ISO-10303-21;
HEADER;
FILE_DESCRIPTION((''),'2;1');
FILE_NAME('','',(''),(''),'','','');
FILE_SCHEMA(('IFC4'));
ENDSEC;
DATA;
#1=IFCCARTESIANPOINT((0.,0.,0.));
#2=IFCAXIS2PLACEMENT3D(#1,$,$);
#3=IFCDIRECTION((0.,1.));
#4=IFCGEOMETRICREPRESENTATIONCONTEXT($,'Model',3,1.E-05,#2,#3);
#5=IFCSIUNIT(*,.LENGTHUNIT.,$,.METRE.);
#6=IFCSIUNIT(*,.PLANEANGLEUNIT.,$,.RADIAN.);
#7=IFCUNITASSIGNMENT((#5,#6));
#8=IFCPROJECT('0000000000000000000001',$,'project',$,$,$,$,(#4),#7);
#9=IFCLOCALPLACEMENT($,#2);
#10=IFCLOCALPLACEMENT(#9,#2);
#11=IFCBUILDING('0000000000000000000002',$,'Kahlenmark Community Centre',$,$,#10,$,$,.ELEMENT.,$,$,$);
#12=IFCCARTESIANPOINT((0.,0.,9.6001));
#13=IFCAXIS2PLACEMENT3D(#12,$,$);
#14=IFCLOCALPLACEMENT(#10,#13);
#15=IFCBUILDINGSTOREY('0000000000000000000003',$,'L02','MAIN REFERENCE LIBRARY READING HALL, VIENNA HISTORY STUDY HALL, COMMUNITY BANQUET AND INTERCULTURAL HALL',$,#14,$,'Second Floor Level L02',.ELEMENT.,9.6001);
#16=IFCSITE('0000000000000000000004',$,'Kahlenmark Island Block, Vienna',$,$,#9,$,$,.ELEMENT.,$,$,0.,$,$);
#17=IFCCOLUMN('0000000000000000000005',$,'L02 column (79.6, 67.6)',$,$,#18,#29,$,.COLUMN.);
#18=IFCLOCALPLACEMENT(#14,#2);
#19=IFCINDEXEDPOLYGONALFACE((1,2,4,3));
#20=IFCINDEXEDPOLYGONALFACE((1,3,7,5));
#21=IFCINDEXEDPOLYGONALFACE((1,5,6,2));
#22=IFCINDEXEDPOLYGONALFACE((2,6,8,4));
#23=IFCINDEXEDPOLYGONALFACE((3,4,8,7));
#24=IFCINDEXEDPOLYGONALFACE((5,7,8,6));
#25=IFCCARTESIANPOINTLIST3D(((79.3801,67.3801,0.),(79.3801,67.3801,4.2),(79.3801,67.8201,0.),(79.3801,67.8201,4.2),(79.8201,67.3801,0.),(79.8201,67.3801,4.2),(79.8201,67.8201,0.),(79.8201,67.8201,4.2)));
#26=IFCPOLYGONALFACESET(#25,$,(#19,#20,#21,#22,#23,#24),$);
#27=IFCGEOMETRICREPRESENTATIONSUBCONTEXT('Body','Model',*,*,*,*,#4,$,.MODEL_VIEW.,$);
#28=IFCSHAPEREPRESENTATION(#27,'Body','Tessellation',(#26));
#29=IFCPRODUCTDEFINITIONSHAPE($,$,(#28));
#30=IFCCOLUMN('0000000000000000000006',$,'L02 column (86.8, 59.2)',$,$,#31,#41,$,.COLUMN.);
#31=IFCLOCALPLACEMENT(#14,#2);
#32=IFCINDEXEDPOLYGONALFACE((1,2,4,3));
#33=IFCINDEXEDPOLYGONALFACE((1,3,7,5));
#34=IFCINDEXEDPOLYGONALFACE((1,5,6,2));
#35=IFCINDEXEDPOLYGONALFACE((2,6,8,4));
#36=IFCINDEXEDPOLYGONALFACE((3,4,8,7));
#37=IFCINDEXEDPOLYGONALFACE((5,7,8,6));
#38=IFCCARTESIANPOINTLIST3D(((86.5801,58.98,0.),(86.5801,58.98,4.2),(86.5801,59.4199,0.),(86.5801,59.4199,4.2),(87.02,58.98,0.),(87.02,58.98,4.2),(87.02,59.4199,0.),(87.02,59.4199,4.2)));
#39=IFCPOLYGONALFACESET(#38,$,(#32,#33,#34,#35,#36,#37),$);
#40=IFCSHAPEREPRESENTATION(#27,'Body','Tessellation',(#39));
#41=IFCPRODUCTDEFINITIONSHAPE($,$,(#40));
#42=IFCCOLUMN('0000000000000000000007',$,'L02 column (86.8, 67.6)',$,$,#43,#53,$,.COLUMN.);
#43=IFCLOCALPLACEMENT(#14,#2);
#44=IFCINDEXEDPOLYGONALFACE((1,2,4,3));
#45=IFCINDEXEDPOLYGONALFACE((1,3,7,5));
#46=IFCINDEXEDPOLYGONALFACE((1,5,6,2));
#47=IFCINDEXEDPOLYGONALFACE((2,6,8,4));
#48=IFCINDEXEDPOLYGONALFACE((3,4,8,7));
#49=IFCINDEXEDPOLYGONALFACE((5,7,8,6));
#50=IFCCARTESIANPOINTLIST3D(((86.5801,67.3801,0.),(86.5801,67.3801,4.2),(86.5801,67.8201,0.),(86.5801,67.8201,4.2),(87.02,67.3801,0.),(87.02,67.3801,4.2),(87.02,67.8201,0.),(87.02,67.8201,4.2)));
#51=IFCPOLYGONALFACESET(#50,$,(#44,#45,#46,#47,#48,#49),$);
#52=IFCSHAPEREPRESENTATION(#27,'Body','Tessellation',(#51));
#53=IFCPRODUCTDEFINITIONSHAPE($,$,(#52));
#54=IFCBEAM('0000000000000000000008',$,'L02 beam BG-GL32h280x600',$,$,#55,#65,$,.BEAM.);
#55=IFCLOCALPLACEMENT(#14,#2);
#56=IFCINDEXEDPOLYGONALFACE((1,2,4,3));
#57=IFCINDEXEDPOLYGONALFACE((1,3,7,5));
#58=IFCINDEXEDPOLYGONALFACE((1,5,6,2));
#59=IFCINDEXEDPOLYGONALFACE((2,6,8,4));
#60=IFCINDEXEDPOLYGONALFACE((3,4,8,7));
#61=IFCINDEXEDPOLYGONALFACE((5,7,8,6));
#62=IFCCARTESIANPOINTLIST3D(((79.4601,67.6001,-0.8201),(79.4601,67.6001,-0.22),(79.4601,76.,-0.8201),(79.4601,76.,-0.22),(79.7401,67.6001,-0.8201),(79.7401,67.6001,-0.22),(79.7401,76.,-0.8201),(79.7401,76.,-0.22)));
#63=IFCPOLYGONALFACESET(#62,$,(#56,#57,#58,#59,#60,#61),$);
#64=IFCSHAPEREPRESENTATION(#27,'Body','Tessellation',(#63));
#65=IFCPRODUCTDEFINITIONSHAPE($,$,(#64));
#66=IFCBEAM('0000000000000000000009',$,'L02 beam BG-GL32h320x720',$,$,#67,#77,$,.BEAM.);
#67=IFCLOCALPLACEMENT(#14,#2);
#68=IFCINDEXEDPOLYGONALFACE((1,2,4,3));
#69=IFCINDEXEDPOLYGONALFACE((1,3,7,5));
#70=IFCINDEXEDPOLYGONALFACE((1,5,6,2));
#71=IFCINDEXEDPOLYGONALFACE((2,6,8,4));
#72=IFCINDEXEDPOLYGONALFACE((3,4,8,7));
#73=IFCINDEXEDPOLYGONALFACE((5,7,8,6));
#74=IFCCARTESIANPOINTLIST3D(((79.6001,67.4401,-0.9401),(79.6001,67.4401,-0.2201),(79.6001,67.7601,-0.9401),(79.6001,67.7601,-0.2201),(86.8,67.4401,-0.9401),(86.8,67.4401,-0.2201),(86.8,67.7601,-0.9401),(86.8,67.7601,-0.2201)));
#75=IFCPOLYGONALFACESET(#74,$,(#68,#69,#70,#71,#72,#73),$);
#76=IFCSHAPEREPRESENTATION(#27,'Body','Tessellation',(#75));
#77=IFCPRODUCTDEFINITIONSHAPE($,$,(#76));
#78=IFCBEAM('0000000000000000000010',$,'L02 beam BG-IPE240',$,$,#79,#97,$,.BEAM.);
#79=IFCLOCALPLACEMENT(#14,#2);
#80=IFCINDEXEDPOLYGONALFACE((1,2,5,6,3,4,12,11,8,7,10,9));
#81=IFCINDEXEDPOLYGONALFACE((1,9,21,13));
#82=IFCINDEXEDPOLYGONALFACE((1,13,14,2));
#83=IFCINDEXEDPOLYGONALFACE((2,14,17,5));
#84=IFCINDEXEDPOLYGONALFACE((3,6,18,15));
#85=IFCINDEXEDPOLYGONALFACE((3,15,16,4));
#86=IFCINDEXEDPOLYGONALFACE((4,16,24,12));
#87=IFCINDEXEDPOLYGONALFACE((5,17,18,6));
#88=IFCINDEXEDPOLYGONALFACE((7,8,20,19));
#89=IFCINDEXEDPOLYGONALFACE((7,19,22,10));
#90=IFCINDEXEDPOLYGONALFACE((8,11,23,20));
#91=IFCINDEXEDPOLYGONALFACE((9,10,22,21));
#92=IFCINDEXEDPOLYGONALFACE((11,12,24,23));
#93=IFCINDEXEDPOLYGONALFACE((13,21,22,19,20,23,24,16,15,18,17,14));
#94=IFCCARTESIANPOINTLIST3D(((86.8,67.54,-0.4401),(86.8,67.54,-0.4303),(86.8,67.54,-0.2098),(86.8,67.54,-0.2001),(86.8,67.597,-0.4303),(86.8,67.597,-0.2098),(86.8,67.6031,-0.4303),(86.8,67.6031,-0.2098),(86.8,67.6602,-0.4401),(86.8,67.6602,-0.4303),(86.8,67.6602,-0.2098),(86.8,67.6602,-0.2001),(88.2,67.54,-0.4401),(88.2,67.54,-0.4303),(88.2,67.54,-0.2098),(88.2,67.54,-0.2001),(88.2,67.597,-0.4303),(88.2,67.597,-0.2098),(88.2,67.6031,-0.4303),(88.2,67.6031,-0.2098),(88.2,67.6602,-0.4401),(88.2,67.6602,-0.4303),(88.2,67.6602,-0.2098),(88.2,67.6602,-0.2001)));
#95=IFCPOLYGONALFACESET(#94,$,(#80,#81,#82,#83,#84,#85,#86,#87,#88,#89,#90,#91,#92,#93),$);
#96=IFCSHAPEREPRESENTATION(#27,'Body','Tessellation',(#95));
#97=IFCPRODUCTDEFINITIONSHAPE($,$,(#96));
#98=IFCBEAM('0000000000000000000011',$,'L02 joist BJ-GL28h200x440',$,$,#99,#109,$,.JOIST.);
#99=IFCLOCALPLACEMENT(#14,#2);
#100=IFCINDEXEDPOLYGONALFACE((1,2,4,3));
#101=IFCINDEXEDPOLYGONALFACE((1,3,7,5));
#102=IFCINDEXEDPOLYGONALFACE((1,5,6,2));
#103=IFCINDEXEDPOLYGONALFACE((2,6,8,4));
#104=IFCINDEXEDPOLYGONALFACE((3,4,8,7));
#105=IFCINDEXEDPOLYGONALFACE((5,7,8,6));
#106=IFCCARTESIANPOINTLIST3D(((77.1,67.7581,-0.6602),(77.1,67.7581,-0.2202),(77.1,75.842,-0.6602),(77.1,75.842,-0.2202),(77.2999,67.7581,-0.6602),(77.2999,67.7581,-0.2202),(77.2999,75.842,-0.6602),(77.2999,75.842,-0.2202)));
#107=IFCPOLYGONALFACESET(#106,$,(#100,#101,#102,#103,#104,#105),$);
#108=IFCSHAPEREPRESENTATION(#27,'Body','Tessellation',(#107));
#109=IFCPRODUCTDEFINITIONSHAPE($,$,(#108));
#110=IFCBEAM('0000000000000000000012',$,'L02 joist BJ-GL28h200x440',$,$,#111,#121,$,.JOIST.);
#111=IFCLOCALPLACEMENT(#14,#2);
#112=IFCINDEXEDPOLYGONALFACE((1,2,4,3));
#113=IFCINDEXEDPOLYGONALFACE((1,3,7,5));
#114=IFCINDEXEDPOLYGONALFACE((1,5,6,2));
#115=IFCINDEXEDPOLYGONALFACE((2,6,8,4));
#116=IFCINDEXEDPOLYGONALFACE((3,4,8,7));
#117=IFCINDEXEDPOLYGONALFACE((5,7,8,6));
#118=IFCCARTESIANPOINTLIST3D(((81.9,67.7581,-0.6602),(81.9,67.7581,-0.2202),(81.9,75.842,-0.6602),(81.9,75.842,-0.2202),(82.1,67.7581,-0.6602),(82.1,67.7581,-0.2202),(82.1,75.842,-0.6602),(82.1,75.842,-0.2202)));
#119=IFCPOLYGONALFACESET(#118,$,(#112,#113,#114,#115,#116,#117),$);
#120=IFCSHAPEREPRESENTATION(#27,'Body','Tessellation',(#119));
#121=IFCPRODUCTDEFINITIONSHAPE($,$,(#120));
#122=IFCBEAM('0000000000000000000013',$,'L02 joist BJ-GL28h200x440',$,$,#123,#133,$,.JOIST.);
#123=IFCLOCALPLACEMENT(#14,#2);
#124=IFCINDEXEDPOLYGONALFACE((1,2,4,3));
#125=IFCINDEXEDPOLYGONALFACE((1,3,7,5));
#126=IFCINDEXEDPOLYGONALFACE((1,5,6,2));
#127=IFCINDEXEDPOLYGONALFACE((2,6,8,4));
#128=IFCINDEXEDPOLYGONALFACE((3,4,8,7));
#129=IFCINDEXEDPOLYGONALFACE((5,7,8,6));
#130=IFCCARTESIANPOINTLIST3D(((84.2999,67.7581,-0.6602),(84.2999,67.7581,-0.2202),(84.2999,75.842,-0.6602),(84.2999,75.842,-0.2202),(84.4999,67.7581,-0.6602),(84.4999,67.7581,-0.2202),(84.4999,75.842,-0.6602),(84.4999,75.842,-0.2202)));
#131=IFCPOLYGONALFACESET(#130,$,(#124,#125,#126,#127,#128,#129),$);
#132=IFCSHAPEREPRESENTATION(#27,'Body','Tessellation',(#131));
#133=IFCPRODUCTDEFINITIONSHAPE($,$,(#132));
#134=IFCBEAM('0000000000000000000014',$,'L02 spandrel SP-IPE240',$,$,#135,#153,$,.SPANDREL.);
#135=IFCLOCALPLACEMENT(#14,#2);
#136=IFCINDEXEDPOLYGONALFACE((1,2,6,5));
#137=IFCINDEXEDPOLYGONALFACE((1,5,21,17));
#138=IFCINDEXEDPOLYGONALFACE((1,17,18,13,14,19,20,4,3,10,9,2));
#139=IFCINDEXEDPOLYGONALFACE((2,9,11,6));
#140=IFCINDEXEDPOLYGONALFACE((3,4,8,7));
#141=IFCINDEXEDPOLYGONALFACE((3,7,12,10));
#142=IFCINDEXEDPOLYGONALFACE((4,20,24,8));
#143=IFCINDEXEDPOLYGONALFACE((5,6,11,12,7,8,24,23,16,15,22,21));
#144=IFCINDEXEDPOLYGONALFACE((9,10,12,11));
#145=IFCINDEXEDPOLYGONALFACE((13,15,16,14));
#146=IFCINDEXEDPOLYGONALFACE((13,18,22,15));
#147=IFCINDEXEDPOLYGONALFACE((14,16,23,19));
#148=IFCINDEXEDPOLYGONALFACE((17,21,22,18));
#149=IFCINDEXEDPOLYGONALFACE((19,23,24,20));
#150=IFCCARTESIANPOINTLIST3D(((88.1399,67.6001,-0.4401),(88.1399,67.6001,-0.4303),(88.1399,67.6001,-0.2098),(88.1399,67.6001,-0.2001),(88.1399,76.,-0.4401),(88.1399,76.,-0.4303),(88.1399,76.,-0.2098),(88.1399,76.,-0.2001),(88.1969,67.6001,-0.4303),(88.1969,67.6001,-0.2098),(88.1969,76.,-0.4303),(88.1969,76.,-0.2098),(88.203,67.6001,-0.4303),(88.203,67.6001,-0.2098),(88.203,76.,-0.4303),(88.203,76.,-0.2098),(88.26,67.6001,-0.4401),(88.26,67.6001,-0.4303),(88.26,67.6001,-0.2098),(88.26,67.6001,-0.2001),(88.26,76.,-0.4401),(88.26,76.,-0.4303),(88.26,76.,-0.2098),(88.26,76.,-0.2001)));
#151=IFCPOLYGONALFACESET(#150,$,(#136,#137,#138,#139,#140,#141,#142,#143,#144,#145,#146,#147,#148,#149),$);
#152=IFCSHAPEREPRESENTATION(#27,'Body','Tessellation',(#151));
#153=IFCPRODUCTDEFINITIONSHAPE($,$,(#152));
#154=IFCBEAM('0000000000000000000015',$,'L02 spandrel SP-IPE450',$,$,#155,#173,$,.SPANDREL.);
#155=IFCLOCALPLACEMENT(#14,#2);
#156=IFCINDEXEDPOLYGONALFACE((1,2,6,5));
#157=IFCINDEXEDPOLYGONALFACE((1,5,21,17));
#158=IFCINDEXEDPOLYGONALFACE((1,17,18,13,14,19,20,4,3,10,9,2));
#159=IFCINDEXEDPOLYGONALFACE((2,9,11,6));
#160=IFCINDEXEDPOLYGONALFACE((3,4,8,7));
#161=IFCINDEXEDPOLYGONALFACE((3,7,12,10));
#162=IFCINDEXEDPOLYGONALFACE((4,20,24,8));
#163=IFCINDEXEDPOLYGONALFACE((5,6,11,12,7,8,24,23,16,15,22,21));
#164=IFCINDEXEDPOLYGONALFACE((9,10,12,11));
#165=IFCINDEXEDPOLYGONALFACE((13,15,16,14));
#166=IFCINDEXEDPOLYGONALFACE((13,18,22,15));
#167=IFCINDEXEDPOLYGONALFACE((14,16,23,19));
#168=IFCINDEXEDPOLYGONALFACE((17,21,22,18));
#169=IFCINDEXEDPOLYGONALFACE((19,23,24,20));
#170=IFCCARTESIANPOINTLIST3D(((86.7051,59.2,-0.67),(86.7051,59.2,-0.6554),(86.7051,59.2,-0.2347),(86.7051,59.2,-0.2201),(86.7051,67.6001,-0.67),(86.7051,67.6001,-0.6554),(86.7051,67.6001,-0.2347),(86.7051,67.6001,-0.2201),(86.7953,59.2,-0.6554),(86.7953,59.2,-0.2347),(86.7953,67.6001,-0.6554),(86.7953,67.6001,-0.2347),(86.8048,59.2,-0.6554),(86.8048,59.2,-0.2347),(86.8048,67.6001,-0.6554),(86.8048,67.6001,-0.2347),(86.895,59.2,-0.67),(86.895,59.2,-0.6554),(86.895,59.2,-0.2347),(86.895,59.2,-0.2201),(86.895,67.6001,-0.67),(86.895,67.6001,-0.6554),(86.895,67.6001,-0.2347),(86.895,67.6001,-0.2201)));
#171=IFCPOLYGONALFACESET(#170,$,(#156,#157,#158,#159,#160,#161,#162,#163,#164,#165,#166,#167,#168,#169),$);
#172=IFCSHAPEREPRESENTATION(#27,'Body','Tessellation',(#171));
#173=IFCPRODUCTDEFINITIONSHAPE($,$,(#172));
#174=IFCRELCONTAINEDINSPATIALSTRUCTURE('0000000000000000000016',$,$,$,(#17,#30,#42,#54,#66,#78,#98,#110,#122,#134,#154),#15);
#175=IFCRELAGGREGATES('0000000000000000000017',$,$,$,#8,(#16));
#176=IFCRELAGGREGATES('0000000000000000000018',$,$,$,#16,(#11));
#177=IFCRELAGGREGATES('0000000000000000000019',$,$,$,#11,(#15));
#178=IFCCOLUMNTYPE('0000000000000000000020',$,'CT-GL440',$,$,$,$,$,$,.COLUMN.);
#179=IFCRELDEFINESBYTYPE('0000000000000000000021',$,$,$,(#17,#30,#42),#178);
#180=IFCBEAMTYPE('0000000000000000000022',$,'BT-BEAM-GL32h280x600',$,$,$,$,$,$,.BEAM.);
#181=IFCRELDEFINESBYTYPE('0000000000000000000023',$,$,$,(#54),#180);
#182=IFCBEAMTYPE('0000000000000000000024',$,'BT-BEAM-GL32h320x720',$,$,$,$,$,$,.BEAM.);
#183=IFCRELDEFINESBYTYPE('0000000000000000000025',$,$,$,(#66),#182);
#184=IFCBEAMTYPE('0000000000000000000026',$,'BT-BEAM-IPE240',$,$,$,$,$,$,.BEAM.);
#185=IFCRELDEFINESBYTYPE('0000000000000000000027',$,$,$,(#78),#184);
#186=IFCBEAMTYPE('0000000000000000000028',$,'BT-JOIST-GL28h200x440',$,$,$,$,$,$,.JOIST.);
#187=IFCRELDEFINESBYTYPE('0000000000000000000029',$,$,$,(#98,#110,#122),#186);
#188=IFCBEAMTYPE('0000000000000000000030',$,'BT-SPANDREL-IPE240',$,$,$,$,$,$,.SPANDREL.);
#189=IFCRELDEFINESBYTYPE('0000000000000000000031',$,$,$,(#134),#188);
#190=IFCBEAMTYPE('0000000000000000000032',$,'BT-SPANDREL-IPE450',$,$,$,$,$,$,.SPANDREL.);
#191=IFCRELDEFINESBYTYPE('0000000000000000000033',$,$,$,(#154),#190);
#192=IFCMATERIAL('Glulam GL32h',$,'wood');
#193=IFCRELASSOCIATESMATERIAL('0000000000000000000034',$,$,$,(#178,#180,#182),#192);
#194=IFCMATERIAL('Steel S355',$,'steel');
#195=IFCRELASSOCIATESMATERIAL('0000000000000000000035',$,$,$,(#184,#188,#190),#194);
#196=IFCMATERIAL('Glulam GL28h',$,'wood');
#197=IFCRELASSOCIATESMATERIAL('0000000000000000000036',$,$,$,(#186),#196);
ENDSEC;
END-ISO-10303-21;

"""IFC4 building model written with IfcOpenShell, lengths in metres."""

from ifc_helpers import new_model, si_unit, direction, frame, origin, origin_2d, place, context, subcontext, project, spatial, rectangle, i_section, extrude, material, material_profile, profile_set, type_object, element, save


model = new_model("IFC4")

# Units and contexts
model_context = context("Model", 3, precision=1e-05, world=origin(), true_north=direction((0.0, 1.0)))
body_context = subcontext(model_context, "Body", "Model", "MODEL_VIEW")
ifc_project = project(units=[si_unit("LENGTHUNIT", "METRE"), si_unit("PLANEANGLEUNIT", "RADIAN")], contexts=[model_context])

# Site, building, storey
site_placement = place(None, origin())
site = spatial("IfcSite", under=ifc_project, at=site_placement, Name="Kahlenmark Island Block, Vienna", CompositionType="ELEMENT", RefElevation=0.0)
building_placement = place(site_placement, origin())
building = spatial("IfcBuilding", under=site, at=building_placement, Name="Kahlenmark Community Centre", CompositionType="ELEMENT")
storey_placement = place(building_placement, frame((0.0, 0.0, 9.6001)))
storey = spatial("IfcBuildingStorey", under=building, at=storey_placement, Name="L02", Description="MAIN REFERENCE LIBRARY READING HALL, VIENNA HISTORY STUDY HALL, COMMUNITY BANQUET AND INTERCULTURAL HALL", LongName="Second Floor Level L02", CompositionType="ELEMENT", Elevation=9.6001)

# Columns
ifc_material_1 = material(Name="Glulam GL32h", Category="wood")
ifc_material_profile_1 = material_profile(ifc_material_1, rectangle(XDim=0.4399, YDim=0.4399, at=origin_2d()), Name="GL32h 440x440")
ifc_profile_set_1 = profile_set([ifc_material_profile_1], Name="Glulam GL32h")
column_type = type_object("IfcColumnType", Name="CT-GL440", PredefinedType="COLUMN", material=ifc_profile_set_1)
for number, where, z_axis, x_axis, name in (
    (1, (79.6001, 67.6001, 0.0), (0.0, 0.0, 1.0), (1.0, 0.0, 0.0), "L02 column (79.6, 67.6)"),
    (2, (86.8, 59.2, 0.0), (0.0, 0.0, 1.0), (1.0, 0.0, 0.0), "L02 column (86.8, 59.2)"),
    (3, (86.8, 67.6001, 0.0), (0.0, 0.0, 1.0), (1.0, 0.0, 0.0), "L02 column (86.8, 67.6)"),
):
    element("IfcColumn", number, at=place(storey_placement, frame(where, z_axis=z_axis, x_axis=x_axis)), inside=storey, type_object=column_type, Name=name, PredefinedType="COLUMN", context=body_context, shape_type="SweptSolid", body=[
        extrude(rectangle(XDim=0.4399, YDim=0.4399, at=origin_2d()), origin(), (0.0, 0.0, 1.0), 4.2),
    ])

# Beams
ifc_material_profile_2 = material_profile(ifc_material_1, rectangle(XDim=0.28, YDim=0.6001, at=origin_2d()), Name="GL32h 280x600")
ifc_profile_set_2 = profile_set([ifc_material_profile_2], Name="Glulam GL32h")
beam_type_1 = type_object("IfcBeamType", Name="BT-BEAM-GL32h280x600", PredefinedType="BEAM", material=ifc_profile_set_2)
beam_1_placement = place(storey_placement, frame((79.6001, 67.6001, -0.52), z_axis=(0.0, 1.0, 0.0), x_axis=(-1.0, 0.0, 0.0)))
element("IfcBeam", 4, at=beam_1_placement, inside=storey, type_object=beam_type_1, Name="L02 beam BG-GL32h280x600", PredefinedType="BEAM", context=body_context, shape_type="SweptSolid", body=[
    extrude(rectangle(XDim=0.28, YDim=0.6001, at=origin_2d()), origin(), (0.0, 0.0, 1.0), 8.3999),
])
ifc_material_profile_3 = material_profile(ifc_material_1, rectangle(XDim=0.3201, YDim=0.72, at=origin_2d()), Name="GL32h 320x720")
ifc_profile_set_3 = profile_set([ifc_material_profile_3], Name="Glulam GL32h")
beam_type_2 = type_object("IfcBeamType", Name="BT-BEAM-GL32h320x720", PredefinedType="BEAM", material=ifc_profile_set_3)
beam_2_placement = place(storey_placement, frame((79.6001, 67.6001, -0.5801), z_axis=(1.0, 0.0, 0.0), x_axis=(0.0, 1.0, 0.0)))
element("IfcBeam", 5, at=beam_2_placement, inside=storey, type_object=beam_type_2, Name="L02 beam BG-GL32h320x720", PredefinedType="BEAM", context=body_context, shape_type="SweptSolid", body=[
    extrude(rectangle(XDim=0.3201, YDim=0.72, at=origin_2d()), origin(), (0.0, 0.0, 1.0), 7.2),
])
ifc_material_2 = material(Name="Steel S355", Category="steel")
ifc_material_profile_4 = material_profile(ifc_material_2, i_section(OverallWidth=0.1201, OverallDepth=0.24, WebThickness=0.0061, FlangeThickness=0.0098, at=origin_2d()), Name="IPE 240")
ifc_profile_set_4 = profile_set([ifc_material_profile_4], Name="Steel S355")
beam_type_3 = type_object("IfcBeamType", Name="BT-BEAM-IPE240", PredefinedType="BEAM", material=ifc_profile_set_4)
beam_3_placement = place(storey_placement, frame((86.8, 67.6001, -0.3201), z_axis=(1.0, 0.0, 0.0), x_axis=(0.0, 1.0, 0.0)))
element("IfcBeam", 6, at=beam_3_placement, inside=storey, type_object=beam_type_3, Name="L02 beam BG-IPE240", PredefinedType="BEAM", context=body_context, shape_type="SweptSolid", body=[
    extrude(i_section(OverallWidth=0.1201, OverallDepth=0.24, WebThickness=0.0061, FlangeThickness=0.0098, at=origin_2d()), origin(), (0.0, 0.0, 1.0), 1.3999),
])
ifc_material_3 = material(Name="Glulam GL28h", Category="wood")
ifc_material_profile_5 = material_profile(ifc_material_3, rectangle(XDim=0.2, YDim=0.4399, at=origin_2d()), Name="GL28h 200x440")
ifc_profile_set_5 = profile_set([ifc_material_profile_5], Name="Glulam GL28h")
beam_type_4 = type_object("IfcBeamType", Name="BT-JOIST-GL28h200x440", PredefinedType="JOIST", material=ifc_profile_set_5)
for number, where, z_axis, x_axis, name in (
    (7, (77.2, 67.7581, -0.4402), (0.0, 1.0, 0.0), (-1.0, 0.0, 0.0), "L02 joist BJ-GL28h200x440"),
    (8, (82.0, 67.7581, -0.4402), (0.0, 1.0, 0.0), (-1.0, 0.0, 0.0), "L02 joist BJ-GL28h200x440"),
    (9, (84.3999, 67.7581, -0.4402), (0.0, 1.0, 0.0), (-1.0, 0.0, 0.0), "L02 joist BJ-GL28h200x440"),
):
    element("IfcBeam", number, at=place(storey_placement, frame(where, z_axis=z_axis, x_axis=x_axis)), inside=storey, type_object=beam_type_4, Name=name, PredefinedType="JOIST", context=body_context, shape_type="SweptSolid", body=[
        extrude(rectangle(XDim=0.2, YDim=0.4399, at=origin_2d()), origin(), (0.0, 0.0, 1.0), 8.084),
    ])
ifc_material_profile_6 = material_profile(ifc_material_2, i_section(OverallWidth=0.1201, OverallDepth=0.24, WebThickness=0.0061, FlangeThickness=0.0098, at=origin_2d()), Name="IPE 240")
ifc_profile_set_6 = profile_set([ifc_material_profile_6], Name="Steel S355")
beam_type_5 = type_object("IfcBeamType", Name="BT-SPANDREL-IPE240", PredefinedType="SPANDREL", material=ifc_profile_set_6)
beam_4_placement = place(storey_placement, frame((88.2, 67.6001, -0.3201), z_axis=(0.0, 1.0, 0.0), x_axis=(-1.0, 0.0, 0.0)))
element("IfcBeam", 10, at=beam_4_placement, inside=storey, type_object=beam_type_5, Name="L02 spandrel SP-IPE240", PredefinedType="SPANDREL", context=body_context, shape_type="SweptSolid", body=[
    extrude(i_section(OverallWidth=0.1201, OverallDepth=0.24, WebThickness=0.0061, FlangeThickness=0.0098, at=origin_2d()), origin(), (0.0, 0.0, 1.0), 8.3999),
])
ifc_material_profile_7 = material_profile(ifc_material_2, i_section(OverallWidth=0.1899, OverallDepth=0.45, WebThickness=0.0095, FlangeThickness=0.0146, at=origin_2d()), Name="IPE 450")
ifc_profile_set_7 = profile_set([ifc_material_profile_7], Name="Steel S355")
beam_type_6 = type_object("IfcBeamType", Name="BT-SPANDREL-IPE450", PredefinedType="SPANDREL", material=ifc_profile_set_7)
beam_5_placement = place(storey_placement, frame((86.8, 59.2, -0.4451), z_axis=(0.0, 1.0, 0.0), x_axis=(-1.0, 0.0, 0.0)))
element("IfcBeam", 11, at=beam_5_placement, inside=storey, type_object=beam_type_6, Name="L02 spandrel SP-IPE450", PredefinedType="SPANDREL", context=body_context, shape_type="SweptSolid", body=[
    extrude(i_section(OverallWidth=0.1899, OverallDepth=0.45, WebThickness=0.0095, FlangeThickness=0.0146, at=origin_2d()), origin(), (0.0, 0.0, 1.0), 8.4001),
])

save(model, "model.ifc")
